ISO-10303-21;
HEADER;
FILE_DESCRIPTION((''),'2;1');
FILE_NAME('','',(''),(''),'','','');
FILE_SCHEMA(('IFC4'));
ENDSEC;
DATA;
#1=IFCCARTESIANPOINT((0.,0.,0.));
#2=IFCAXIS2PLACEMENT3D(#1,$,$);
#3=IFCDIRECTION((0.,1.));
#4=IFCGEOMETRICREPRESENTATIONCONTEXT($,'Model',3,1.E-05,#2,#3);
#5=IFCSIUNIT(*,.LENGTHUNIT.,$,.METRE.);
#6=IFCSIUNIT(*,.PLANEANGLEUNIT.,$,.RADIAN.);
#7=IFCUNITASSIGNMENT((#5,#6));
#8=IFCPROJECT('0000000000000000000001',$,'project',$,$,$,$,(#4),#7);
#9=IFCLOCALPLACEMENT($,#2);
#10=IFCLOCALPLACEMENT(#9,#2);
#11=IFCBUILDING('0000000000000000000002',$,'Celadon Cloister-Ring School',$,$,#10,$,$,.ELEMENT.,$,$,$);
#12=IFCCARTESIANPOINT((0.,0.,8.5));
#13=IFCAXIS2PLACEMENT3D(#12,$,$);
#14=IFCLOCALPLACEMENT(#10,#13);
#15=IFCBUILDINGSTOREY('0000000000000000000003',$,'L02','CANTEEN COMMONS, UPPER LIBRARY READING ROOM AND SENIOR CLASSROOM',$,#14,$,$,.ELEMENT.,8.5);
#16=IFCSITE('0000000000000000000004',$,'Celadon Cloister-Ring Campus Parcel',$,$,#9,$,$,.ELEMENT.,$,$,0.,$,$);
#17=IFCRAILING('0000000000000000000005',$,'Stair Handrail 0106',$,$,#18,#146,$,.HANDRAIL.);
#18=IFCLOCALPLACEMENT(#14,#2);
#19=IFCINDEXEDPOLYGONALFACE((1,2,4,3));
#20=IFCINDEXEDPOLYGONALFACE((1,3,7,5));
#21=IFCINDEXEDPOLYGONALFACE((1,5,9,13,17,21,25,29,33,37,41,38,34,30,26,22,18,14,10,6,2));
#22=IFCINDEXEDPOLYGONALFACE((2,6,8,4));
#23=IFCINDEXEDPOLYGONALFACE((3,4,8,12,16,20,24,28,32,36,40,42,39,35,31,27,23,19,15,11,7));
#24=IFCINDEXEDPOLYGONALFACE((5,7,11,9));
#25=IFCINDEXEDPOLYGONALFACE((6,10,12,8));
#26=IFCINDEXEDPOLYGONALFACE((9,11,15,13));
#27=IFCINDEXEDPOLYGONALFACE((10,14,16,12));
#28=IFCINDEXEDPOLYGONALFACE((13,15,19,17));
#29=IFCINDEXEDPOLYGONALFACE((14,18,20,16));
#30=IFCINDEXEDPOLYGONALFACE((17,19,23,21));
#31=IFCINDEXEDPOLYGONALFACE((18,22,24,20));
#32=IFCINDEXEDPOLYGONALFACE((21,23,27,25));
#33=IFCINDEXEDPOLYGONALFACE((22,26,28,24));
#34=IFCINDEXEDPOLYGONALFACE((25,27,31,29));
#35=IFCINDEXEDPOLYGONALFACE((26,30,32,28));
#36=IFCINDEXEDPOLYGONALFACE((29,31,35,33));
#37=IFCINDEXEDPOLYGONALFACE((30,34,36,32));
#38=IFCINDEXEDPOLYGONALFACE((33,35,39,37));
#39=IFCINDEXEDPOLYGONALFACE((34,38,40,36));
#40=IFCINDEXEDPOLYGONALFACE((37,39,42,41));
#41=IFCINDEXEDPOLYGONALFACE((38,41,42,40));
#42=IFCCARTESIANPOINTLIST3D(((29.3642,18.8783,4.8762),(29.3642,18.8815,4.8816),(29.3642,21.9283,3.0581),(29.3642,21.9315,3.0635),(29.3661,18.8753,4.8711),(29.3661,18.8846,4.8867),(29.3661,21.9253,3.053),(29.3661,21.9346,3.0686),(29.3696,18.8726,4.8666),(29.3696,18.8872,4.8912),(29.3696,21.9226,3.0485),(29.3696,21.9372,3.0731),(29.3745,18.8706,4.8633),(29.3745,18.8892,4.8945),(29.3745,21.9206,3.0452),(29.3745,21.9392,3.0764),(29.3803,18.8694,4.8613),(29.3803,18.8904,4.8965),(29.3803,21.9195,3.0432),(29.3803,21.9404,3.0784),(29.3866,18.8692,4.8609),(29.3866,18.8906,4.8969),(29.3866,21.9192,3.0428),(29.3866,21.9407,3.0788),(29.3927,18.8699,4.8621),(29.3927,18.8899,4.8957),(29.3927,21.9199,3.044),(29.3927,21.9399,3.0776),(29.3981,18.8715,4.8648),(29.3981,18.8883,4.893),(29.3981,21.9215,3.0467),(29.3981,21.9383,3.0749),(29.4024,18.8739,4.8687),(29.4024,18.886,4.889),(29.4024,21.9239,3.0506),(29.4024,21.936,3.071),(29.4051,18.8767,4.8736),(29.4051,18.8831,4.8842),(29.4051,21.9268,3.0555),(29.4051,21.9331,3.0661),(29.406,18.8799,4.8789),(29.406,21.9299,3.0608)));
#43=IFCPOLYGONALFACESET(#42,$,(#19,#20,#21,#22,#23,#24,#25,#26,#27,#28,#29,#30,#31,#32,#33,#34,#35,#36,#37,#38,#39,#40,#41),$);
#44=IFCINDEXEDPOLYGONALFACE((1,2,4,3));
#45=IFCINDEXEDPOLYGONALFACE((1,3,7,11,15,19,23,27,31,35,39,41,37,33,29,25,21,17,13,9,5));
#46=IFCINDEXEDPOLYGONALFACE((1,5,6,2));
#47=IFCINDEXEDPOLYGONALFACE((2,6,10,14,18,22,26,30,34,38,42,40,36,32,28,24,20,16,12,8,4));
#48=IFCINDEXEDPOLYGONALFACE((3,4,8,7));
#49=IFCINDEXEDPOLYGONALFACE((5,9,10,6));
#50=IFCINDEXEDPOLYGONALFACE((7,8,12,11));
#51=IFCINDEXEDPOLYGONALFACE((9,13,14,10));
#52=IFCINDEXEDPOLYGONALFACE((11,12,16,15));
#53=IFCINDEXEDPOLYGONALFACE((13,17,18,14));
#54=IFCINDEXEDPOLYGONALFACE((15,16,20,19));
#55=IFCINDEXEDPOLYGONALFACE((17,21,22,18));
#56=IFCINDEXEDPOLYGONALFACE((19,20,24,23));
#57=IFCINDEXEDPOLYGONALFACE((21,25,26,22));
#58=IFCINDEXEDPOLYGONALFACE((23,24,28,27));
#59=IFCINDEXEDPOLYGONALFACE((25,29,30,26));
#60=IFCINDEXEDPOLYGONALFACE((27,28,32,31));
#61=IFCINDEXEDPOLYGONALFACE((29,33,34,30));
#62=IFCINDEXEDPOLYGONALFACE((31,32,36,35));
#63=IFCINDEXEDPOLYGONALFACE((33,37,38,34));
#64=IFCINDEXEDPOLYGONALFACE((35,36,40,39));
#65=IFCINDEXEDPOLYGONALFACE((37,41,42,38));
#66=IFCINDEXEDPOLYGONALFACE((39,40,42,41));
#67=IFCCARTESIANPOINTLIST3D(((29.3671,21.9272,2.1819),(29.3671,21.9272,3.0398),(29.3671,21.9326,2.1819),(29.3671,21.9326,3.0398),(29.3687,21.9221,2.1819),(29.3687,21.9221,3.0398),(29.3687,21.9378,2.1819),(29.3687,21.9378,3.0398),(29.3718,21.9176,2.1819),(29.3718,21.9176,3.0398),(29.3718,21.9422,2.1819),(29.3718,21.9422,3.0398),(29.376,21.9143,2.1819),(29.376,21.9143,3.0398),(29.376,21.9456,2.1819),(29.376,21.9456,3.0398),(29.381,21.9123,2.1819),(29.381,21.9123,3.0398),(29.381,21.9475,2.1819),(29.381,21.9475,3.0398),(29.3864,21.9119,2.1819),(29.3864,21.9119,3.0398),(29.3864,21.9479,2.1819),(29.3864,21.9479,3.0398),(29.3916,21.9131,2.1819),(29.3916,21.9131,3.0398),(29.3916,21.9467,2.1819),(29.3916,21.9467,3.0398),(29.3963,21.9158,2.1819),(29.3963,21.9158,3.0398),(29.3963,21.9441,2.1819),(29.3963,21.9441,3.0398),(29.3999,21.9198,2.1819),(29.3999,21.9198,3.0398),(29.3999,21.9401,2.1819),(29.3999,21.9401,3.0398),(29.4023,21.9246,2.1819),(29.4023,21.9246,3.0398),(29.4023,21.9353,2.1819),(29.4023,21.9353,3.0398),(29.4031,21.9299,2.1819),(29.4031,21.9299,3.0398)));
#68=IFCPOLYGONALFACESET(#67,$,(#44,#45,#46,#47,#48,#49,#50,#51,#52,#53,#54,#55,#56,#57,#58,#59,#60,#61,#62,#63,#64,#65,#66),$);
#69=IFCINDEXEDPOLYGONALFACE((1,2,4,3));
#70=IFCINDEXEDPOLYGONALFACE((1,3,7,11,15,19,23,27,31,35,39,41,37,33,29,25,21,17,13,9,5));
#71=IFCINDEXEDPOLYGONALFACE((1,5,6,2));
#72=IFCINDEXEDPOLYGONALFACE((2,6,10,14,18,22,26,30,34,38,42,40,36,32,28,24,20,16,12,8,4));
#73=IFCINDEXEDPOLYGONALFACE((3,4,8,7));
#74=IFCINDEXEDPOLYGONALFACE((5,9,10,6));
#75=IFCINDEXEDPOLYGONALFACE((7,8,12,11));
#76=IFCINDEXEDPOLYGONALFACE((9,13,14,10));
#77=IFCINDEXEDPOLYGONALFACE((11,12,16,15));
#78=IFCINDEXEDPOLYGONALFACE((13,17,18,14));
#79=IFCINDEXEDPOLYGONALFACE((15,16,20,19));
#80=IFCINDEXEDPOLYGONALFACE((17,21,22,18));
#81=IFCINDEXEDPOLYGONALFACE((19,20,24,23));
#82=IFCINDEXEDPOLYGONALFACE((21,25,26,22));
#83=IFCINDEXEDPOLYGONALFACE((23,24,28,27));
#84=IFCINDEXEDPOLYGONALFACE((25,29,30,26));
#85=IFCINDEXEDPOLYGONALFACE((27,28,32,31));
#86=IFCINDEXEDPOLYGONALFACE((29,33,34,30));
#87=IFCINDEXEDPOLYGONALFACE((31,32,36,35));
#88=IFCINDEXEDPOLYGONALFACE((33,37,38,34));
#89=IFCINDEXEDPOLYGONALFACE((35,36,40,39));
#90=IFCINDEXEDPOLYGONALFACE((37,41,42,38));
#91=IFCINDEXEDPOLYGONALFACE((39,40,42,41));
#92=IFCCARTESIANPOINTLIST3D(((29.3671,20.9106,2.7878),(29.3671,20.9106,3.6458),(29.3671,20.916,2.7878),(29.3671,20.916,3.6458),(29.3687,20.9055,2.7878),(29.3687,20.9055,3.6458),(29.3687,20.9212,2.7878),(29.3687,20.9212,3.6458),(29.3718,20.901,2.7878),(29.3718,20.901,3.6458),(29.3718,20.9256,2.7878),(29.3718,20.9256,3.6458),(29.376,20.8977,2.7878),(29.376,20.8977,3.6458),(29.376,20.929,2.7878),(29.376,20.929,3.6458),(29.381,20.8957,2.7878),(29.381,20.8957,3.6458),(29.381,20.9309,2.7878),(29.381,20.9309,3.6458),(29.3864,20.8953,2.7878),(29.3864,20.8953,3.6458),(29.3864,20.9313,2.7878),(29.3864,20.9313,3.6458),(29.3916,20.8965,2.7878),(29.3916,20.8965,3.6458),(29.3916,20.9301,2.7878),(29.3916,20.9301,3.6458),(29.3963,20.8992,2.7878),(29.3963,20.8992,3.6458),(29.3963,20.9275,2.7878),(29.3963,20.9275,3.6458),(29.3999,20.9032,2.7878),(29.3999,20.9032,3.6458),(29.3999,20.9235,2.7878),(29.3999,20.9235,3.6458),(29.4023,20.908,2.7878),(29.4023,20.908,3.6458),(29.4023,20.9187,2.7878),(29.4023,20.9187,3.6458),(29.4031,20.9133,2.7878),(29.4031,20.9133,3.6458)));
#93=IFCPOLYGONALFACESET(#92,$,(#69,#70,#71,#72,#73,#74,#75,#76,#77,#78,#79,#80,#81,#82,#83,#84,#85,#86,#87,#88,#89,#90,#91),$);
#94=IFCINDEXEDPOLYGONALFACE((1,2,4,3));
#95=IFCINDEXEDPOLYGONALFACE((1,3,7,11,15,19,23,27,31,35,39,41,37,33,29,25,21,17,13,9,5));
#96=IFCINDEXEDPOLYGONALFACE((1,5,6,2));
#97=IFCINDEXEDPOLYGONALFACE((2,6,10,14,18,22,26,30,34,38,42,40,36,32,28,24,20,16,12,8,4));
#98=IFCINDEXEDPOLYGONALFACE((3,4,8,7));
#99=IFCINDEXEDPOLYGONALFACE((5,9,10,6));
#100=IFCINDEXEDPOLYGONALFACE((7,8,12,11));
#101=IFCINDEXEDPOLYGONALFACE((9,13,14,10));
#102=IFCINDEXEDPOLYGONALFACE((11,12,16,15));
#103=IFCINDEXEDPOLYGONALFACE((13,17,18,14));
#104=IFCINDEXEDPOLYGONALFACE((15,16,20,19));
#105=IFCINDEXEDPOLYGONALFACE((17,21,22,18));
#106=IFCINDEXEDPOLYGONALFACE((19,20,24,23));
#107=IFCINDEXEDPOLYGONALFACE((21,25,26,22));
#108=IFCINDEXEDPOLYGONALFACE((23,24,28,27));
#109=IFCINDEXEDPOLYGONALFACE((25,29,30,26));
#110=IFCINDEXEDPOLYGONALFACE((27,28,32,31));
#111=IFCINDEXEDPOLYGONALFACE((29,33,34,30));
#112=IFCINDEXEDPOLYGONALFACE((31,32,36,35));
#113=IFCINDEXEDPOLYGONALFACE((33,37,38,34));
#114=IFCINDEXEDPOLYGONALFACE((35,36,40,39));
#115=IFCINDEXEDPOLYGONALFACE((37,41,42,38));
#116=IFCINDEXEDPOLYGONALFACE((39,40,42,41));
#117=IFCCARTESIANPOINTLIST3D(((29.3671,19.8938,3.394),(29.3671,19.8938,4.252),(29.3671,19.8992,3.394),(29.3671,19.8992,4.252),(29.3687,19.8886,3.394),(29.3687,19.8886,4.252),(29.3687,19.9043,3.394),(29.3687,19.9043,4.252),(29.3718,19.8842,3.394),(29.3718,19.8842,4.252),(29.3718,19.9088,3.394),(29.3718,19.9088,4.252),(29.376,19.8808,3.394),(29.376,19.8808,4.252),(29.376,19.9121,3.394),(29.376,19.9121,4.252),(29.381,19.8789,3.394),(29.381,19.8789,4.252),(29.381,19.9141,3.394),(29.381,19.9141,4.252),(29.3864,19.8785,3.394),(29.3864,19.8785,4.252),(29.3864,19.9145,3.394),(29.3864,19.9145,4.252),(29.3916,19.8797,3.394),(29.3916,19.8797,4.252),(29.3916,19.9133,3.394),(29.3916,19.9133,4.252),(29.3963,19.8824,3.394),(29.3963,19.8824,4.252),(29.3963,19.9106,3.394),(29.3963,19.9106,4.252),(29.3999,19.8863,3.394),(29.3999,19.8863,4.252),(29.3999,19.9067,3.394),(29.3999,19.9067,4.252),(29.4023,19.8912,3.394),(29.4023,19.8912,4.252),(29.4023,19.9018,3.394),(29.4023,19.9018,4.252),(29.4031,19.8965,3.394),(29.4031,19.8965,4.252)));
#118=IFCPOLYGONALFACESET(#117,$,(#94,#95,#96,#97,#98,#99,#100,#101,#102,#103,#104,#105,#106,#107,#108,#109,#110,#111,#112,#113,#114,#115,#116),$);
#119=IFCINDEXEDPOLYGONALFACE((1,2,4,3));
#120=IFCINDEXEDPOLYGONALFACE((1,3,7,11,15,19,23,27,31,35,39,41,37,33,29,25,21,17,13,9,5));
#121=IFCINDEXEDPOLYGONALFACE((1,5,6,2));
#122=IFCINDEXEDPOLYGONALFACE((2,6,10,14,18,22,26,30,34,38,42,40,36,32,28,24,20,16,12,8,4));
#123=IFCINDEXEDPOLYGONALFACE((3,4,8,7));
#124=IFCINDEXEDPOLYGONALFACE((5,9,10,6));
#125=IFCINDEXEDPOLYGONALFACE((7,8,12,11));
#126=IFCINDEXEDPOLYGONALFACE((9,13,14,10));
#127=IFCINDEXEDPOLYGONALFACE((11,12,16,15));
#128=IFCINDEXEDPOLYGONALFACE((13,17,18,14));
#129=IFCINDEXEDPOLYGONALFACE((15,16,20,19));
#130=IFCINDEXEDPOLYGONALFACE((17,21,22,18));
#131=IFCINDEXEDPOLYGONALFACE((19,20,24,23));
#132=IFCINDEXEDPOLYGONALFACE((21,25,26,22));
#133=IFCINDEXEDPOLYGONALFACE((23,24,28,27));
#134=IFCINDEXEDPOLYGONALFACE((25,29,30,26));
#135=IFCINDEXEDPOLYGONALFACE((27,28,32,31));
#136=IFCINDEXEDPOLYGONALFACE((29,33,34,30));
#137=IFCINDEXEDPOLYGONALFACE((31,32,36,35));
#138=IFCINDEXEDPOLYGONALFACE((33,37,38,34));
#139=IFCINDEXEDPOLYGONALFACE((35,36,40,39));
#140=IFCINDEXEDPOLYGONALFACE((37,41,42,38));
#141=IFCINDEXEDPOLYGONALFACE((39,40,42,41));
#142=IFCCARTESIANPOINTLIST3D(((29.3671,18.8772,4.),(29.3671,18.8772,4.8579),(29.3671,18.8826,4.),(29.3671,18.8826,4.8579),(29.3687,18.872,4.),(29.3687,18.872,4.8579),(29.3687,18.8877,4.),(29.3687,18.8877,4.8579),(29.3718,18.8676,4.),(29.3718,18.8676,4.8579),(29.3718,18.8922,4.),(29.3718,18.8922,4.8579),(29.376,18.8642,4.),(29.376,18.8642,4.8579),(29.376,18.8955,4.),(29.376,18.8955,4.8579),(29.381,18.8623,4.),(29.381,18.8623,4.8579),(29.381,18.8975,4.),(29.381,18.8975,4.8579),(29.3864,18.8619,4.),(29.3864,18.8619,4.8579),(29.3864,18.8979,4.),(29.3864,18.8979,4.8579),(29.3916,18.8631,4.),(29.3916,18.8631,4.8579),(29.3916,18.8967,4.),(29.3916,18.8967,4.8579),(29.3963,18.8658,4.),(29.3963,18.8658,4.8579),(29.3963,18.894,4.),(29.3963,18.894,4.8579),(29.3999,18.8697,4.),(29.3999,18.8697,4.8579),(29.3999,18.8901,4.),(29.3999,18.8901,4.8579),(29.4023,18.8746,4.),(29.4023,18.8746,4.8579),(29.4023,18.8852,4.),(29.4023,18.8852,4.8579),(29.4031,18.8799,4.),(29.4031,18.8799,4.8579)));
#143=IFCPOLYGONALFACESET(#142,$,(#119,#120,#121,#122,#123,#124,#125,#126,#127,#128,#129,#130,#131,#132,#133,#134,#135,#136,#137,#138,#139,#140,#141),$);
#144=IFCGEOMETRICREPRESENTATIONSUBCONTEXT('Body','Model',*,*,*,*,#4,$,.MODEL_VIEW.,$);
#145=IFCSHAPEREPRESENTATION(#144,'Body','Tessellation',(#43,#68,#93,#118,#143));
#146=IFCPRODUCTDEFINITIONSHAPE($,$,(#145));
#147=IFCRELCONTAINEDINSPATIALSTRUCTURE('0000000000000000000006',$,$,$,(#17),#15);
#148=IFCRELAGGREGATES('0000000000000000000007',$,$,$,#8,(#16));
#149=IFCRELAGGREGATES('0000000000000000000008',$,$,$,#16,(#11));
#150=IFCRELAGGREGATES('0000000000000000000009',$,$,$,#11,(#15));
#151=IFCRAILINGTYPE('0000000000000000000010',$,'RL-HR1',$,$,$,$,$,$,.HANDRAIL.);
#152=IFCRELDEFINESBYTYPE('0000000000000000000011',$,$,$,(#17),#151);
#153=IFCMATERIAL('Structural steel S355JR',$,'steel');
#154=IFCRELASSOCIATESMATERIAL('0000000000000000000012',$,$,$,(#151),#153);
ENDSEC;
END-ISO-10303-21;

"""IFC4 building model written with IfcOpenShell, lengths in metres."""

from ifc_helpers import new_model, si_unit, direction, frame, origin, origin_2d, place, context, subcontext, project, spatial, circle, extrude, material, type_object, element, save


model = new_model("IFC4")

# Units and contexts
model_context = context("Model", 3, precision=1e-05, world=origin(), true_north=direction((0.0, 1.0)))
body_context = subcontext(model_context, "Body", "Model", "MODEL_VIEW")
ifc_project = project(units=[si_unit("LENGTHUNIT", "METRE"), si_unit("PLANEANGLEUNIT", "RADIAN")], contexts=[model_context])

# Site, building, storey
site_placement = place(None, origin())
site = spatial("IfcSite", under=ifc_project, at=site_placement, Name="Celadon Cloister-Ring Campus Parcel", CompositionType="ELEMENT", RefElevation=0.0)
building_placement = place(site_placement, origin())
building = spatial("IfcBuilding", under=site, at=building_placement, Name="Celadon Cloister-Ring School", CompositionType="ELEMENT")
storey_placement = place(building_placement, frame((0.0, 0.0, 8.5)))
storey = spatial("IfcBuildingStorey", under=building, at=storey_placement, Name="L02", Description="CANTEEN COMMONS, UPPER LIBRARY READING ROOM AND SENIOR CLASSROOM", CompositionType="ELEMENT", Elevation=8.5)

# Railing
ifc_material_1 = material(Name="Structural steel S355JR", Category="steel")
railing_type_1 = type_object("IfcRailingType", Name="RL-HR1", PredefinedType="HANDRAIL", material=ifc_material_1)
for number, where, name in (
    (1, (29.385, 21.9299, 2.1819), "Stair Handrail 0106"),
):
    element("IfcRailing", number, at=place(storey_placement, frame(where)), inside=storey, type_object=railing_type_1, Name=name, PredefinedType="HANDRAIL", context=body_context, shape_type="SweptSolid", body=[
        extrude(circle(Radius=0.021, at=origin_2d()), frame((0.0, 0.0, 0.8789), z_axis=(0.0, -0.85897, 0.512026), x_axis=(1.0, 0.0, 0.0)), (0.0, 0.0, 1.0), 3.5508),
        extrude(circle(Radius=0.0181, at=origin_2d()), origin(), (0.0, 0.0, 1.0), 0.8579),
        extrude(circle(Radius=0.0181, at=origin_2d()), frame((0.0, -1.0166, 0.606)), (0.0, 0.0, 1.0), 0.8579),
        extrude(circle(Radius=0.0181, at=origin_2d()), frame((0.0, -2.0334, 1.2122)), (0.0, 0.0, 1.0), 0.8579),
        extrude(circle(Radius=0.0181, at=origin_2d()), frame((0.0, -3.05, 1.8181)), (0.0, 0.0, 1.0), 0.8579),
    ])

save(model, "model.ifc")
